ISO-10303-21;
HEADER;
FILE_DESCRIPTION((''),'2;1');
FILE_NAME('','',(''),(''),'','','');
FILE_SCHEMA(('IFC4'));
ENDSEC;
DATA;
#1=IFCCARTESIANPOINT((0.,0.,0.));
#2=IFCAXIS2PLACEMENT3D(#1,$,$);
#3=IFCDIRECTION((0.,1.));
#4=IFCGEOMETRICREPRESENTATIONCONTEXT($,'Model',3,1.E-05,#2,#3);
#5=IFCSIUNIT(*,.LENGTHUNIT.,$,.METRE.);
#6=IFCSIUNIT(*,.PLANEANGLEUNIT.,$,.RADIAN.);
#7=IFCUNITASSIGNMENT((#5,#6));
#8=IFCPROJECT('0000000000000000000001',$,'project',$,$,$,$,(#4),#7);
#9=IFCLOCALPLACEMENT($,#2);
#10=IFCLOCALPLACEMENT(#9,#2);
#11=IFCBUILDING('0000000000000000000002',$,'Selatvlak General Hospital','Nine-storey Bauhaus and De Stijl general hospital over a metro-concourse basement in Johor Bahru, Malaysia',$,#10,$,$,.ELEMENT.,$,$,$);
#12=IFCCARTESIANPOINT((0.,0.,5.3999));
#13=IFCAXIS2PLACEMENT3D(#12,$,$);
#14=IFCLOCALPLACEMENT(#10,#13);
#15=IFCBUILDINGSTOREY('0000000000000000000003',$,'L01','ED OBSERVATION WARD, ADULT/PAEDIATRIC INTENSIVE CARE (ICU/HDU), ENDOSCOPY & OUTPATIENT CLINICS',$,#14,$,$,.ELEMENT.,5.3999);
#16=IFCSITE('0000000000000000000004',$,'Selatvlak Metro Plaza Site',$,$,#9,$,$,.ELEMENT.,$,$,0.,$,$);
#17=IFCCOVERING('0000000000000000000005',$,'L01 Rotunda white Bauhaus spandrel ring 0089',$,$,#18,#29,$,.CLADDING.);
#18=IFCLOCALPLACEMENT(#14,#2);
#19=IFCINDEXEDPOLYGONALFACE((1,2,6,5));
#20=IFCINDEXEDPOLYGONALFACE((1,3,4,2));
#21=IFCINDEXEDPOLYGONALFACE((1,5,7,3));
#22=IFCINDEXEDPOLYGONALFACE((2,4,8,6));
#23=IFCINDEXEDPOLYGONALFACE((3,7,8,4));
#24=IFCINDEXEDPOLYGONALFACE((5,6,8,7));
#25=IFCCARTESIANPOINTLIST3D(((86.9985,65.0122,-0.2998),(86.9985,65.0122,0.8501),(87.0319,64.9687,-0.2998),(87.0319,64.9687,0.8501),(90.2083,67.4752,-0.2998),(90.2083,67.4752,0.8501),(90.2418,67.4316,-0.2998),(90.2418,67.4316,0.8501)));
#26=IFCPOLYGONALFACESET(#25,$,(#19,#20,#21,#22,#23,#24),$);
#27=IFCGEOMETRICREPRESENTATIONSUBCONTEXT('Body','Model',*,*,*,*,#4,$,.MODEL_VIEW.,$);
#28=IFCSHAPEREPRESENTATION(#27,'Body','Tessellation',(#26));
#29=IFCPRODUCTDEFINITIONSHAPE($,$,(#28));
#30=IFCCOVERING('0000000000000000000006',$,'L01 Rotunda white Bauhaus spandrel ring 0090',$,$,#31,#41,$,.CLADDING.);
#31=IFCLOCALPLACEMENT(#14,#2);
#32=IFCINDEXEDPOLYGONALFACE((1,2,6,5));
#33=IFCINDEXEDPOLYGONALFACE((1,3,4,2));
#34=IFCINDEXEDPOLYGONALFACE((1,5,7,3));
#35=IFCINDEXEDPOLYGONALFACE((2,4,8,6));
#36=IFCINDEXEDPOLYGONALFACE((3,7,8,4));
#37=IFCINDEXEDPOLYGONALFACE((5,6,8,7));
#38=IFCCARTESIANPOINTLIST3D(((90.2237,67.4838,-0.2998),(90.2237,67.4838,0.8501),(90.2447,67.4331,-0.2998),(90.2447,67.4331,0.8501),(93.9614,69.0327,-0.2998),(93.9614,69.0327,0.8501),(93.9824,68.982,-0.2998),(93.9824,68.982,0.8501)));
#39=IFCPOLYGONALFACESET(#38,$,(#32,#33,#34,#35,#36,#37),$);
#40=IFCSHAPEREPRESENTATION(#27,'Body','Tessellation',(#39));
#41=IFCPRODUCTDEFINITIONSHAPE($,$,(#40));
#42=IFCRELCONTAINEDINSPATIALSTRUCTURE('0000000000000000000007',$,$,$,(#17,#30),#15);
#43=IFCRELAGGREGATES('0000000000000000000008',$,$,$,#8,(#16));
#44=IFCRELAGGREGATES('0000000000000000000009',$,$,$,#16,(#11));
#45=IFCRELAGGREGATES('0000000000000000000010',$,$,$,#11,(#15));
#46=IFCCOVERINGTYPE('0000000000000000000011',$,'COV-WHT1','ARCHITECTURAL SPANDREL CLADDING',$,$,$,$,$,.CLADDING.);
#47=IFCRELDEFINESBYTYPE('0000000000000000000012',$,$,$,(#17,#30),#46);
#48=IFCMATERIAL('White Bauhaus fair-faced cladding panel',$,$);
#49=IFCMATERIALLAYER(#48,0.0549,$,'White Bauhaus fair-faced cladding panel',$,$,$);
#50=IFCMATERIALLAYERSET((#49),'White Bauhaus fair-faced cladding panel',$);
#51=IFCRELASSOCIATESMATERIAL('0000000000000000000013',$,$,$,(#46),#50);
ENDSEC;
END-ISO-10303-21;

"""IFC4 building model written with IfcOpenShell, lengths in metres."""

from ifc_helpers import new_model, si_unit, direction, frame, origin, origin_2d, place, context, subcontext, project, spatial, rectangle, extrude, material, layer, layer_set, type_object, element, save


model = new_model("IFC4")

# Units and contexts
model_context = context("Model", 3, precision=1e-05, world=origin(), true_north=direction((0.0, 1.0)))
body_context = subcontext(model_context, "Body", "Model", "MODEL_VIEW")
ifc_project = project(units=[si_unit("LENGTHUNIT", "METRE"), si_unit("PLANEANGLEUNIT", "RADIAN")], contexts=[model_context])

# Site, building, storey
site_placement = place(None, origin())
site = spatial("IfcSite", under=ifc_project, at=site_placement, Name="Selatvlak Metro Plaza Site", CompositionType="ELEMENT", RefElevation=0.0)
building_placement = place(site_placement, origin())
building = spatial("IfcBuilding", under=site, at=building_placement, Name="Selatvlak General Hospital", Description="Nine-storey Bauhaus and De Stijl general hospital over a metro-concourse basement in Johor Bahru, Malaysia", CompositionType="ELEMENT")
storey_placement = place(building_placement, frame((0.0, 0.0, 5.3999)))
storey = spatial("IfcBuildingStorey", under=building, at=storey_placement, Name="L01", Description="ED OBSERVATION WARD, ADULT/PAEDIATRIC INTENSIVE CARE (ICU/HDU), ENDOSCOPY & OUTPATIENT CLINICS", CompositionType="ELEMENT", Elevation=5.3999)

# Coverings
ifc_material_1 = material(Name="White Bauhaus fair-faced cladding panel")
ifc_layer_1 = layer(ifc_material_1, 0.0549, Name="White Bauhaus fair-faced cladding panel")
ifc_layer_set_1 = layer_set([ifc_layer_1], Name="White Bauhaus fair-faced cladding panel")
covering_type = type_object("IfcCoveringType", Name="COV-WHT1", Description="ARCHITECTURAL SPANDREL CLADDING", PredefinedType="CLADDING", material=ifc_layer_set_1)
for number, where, z_axis, x_axis, name in (
    (1, (88.6201, 66.2219, -0.2998), (0.0, 0.0, 1.0), (0.793364, 0.608748, 0.0), "L01 Rotunda white Bauhaus spandrel ring 0089"),
    (2, (92.103, 68.2329, -0.2998), (0.0, 0.0, 1.0), (0.923819, 0.382829, 0.0), "L01 Rotunda white Bauhaus spandrel ring 0090"),
):
    element("IfcCovering", number, at=place(storey_placement, frame(where, z_axis=z_axis, x_axis=x_axis)), inside=storey, type_object=covering_type, Name=name, PredefinedType="CLADDING", context=body_context, shape_type="SweptSolid", body=[
        extrude(rectangle(XDim=4.0459, YDim=0.0549, at=origin_2d()), origin(), (0.0, 0.0, 1.0), 1.1499),
    ])

save(model, "model.ifc")
